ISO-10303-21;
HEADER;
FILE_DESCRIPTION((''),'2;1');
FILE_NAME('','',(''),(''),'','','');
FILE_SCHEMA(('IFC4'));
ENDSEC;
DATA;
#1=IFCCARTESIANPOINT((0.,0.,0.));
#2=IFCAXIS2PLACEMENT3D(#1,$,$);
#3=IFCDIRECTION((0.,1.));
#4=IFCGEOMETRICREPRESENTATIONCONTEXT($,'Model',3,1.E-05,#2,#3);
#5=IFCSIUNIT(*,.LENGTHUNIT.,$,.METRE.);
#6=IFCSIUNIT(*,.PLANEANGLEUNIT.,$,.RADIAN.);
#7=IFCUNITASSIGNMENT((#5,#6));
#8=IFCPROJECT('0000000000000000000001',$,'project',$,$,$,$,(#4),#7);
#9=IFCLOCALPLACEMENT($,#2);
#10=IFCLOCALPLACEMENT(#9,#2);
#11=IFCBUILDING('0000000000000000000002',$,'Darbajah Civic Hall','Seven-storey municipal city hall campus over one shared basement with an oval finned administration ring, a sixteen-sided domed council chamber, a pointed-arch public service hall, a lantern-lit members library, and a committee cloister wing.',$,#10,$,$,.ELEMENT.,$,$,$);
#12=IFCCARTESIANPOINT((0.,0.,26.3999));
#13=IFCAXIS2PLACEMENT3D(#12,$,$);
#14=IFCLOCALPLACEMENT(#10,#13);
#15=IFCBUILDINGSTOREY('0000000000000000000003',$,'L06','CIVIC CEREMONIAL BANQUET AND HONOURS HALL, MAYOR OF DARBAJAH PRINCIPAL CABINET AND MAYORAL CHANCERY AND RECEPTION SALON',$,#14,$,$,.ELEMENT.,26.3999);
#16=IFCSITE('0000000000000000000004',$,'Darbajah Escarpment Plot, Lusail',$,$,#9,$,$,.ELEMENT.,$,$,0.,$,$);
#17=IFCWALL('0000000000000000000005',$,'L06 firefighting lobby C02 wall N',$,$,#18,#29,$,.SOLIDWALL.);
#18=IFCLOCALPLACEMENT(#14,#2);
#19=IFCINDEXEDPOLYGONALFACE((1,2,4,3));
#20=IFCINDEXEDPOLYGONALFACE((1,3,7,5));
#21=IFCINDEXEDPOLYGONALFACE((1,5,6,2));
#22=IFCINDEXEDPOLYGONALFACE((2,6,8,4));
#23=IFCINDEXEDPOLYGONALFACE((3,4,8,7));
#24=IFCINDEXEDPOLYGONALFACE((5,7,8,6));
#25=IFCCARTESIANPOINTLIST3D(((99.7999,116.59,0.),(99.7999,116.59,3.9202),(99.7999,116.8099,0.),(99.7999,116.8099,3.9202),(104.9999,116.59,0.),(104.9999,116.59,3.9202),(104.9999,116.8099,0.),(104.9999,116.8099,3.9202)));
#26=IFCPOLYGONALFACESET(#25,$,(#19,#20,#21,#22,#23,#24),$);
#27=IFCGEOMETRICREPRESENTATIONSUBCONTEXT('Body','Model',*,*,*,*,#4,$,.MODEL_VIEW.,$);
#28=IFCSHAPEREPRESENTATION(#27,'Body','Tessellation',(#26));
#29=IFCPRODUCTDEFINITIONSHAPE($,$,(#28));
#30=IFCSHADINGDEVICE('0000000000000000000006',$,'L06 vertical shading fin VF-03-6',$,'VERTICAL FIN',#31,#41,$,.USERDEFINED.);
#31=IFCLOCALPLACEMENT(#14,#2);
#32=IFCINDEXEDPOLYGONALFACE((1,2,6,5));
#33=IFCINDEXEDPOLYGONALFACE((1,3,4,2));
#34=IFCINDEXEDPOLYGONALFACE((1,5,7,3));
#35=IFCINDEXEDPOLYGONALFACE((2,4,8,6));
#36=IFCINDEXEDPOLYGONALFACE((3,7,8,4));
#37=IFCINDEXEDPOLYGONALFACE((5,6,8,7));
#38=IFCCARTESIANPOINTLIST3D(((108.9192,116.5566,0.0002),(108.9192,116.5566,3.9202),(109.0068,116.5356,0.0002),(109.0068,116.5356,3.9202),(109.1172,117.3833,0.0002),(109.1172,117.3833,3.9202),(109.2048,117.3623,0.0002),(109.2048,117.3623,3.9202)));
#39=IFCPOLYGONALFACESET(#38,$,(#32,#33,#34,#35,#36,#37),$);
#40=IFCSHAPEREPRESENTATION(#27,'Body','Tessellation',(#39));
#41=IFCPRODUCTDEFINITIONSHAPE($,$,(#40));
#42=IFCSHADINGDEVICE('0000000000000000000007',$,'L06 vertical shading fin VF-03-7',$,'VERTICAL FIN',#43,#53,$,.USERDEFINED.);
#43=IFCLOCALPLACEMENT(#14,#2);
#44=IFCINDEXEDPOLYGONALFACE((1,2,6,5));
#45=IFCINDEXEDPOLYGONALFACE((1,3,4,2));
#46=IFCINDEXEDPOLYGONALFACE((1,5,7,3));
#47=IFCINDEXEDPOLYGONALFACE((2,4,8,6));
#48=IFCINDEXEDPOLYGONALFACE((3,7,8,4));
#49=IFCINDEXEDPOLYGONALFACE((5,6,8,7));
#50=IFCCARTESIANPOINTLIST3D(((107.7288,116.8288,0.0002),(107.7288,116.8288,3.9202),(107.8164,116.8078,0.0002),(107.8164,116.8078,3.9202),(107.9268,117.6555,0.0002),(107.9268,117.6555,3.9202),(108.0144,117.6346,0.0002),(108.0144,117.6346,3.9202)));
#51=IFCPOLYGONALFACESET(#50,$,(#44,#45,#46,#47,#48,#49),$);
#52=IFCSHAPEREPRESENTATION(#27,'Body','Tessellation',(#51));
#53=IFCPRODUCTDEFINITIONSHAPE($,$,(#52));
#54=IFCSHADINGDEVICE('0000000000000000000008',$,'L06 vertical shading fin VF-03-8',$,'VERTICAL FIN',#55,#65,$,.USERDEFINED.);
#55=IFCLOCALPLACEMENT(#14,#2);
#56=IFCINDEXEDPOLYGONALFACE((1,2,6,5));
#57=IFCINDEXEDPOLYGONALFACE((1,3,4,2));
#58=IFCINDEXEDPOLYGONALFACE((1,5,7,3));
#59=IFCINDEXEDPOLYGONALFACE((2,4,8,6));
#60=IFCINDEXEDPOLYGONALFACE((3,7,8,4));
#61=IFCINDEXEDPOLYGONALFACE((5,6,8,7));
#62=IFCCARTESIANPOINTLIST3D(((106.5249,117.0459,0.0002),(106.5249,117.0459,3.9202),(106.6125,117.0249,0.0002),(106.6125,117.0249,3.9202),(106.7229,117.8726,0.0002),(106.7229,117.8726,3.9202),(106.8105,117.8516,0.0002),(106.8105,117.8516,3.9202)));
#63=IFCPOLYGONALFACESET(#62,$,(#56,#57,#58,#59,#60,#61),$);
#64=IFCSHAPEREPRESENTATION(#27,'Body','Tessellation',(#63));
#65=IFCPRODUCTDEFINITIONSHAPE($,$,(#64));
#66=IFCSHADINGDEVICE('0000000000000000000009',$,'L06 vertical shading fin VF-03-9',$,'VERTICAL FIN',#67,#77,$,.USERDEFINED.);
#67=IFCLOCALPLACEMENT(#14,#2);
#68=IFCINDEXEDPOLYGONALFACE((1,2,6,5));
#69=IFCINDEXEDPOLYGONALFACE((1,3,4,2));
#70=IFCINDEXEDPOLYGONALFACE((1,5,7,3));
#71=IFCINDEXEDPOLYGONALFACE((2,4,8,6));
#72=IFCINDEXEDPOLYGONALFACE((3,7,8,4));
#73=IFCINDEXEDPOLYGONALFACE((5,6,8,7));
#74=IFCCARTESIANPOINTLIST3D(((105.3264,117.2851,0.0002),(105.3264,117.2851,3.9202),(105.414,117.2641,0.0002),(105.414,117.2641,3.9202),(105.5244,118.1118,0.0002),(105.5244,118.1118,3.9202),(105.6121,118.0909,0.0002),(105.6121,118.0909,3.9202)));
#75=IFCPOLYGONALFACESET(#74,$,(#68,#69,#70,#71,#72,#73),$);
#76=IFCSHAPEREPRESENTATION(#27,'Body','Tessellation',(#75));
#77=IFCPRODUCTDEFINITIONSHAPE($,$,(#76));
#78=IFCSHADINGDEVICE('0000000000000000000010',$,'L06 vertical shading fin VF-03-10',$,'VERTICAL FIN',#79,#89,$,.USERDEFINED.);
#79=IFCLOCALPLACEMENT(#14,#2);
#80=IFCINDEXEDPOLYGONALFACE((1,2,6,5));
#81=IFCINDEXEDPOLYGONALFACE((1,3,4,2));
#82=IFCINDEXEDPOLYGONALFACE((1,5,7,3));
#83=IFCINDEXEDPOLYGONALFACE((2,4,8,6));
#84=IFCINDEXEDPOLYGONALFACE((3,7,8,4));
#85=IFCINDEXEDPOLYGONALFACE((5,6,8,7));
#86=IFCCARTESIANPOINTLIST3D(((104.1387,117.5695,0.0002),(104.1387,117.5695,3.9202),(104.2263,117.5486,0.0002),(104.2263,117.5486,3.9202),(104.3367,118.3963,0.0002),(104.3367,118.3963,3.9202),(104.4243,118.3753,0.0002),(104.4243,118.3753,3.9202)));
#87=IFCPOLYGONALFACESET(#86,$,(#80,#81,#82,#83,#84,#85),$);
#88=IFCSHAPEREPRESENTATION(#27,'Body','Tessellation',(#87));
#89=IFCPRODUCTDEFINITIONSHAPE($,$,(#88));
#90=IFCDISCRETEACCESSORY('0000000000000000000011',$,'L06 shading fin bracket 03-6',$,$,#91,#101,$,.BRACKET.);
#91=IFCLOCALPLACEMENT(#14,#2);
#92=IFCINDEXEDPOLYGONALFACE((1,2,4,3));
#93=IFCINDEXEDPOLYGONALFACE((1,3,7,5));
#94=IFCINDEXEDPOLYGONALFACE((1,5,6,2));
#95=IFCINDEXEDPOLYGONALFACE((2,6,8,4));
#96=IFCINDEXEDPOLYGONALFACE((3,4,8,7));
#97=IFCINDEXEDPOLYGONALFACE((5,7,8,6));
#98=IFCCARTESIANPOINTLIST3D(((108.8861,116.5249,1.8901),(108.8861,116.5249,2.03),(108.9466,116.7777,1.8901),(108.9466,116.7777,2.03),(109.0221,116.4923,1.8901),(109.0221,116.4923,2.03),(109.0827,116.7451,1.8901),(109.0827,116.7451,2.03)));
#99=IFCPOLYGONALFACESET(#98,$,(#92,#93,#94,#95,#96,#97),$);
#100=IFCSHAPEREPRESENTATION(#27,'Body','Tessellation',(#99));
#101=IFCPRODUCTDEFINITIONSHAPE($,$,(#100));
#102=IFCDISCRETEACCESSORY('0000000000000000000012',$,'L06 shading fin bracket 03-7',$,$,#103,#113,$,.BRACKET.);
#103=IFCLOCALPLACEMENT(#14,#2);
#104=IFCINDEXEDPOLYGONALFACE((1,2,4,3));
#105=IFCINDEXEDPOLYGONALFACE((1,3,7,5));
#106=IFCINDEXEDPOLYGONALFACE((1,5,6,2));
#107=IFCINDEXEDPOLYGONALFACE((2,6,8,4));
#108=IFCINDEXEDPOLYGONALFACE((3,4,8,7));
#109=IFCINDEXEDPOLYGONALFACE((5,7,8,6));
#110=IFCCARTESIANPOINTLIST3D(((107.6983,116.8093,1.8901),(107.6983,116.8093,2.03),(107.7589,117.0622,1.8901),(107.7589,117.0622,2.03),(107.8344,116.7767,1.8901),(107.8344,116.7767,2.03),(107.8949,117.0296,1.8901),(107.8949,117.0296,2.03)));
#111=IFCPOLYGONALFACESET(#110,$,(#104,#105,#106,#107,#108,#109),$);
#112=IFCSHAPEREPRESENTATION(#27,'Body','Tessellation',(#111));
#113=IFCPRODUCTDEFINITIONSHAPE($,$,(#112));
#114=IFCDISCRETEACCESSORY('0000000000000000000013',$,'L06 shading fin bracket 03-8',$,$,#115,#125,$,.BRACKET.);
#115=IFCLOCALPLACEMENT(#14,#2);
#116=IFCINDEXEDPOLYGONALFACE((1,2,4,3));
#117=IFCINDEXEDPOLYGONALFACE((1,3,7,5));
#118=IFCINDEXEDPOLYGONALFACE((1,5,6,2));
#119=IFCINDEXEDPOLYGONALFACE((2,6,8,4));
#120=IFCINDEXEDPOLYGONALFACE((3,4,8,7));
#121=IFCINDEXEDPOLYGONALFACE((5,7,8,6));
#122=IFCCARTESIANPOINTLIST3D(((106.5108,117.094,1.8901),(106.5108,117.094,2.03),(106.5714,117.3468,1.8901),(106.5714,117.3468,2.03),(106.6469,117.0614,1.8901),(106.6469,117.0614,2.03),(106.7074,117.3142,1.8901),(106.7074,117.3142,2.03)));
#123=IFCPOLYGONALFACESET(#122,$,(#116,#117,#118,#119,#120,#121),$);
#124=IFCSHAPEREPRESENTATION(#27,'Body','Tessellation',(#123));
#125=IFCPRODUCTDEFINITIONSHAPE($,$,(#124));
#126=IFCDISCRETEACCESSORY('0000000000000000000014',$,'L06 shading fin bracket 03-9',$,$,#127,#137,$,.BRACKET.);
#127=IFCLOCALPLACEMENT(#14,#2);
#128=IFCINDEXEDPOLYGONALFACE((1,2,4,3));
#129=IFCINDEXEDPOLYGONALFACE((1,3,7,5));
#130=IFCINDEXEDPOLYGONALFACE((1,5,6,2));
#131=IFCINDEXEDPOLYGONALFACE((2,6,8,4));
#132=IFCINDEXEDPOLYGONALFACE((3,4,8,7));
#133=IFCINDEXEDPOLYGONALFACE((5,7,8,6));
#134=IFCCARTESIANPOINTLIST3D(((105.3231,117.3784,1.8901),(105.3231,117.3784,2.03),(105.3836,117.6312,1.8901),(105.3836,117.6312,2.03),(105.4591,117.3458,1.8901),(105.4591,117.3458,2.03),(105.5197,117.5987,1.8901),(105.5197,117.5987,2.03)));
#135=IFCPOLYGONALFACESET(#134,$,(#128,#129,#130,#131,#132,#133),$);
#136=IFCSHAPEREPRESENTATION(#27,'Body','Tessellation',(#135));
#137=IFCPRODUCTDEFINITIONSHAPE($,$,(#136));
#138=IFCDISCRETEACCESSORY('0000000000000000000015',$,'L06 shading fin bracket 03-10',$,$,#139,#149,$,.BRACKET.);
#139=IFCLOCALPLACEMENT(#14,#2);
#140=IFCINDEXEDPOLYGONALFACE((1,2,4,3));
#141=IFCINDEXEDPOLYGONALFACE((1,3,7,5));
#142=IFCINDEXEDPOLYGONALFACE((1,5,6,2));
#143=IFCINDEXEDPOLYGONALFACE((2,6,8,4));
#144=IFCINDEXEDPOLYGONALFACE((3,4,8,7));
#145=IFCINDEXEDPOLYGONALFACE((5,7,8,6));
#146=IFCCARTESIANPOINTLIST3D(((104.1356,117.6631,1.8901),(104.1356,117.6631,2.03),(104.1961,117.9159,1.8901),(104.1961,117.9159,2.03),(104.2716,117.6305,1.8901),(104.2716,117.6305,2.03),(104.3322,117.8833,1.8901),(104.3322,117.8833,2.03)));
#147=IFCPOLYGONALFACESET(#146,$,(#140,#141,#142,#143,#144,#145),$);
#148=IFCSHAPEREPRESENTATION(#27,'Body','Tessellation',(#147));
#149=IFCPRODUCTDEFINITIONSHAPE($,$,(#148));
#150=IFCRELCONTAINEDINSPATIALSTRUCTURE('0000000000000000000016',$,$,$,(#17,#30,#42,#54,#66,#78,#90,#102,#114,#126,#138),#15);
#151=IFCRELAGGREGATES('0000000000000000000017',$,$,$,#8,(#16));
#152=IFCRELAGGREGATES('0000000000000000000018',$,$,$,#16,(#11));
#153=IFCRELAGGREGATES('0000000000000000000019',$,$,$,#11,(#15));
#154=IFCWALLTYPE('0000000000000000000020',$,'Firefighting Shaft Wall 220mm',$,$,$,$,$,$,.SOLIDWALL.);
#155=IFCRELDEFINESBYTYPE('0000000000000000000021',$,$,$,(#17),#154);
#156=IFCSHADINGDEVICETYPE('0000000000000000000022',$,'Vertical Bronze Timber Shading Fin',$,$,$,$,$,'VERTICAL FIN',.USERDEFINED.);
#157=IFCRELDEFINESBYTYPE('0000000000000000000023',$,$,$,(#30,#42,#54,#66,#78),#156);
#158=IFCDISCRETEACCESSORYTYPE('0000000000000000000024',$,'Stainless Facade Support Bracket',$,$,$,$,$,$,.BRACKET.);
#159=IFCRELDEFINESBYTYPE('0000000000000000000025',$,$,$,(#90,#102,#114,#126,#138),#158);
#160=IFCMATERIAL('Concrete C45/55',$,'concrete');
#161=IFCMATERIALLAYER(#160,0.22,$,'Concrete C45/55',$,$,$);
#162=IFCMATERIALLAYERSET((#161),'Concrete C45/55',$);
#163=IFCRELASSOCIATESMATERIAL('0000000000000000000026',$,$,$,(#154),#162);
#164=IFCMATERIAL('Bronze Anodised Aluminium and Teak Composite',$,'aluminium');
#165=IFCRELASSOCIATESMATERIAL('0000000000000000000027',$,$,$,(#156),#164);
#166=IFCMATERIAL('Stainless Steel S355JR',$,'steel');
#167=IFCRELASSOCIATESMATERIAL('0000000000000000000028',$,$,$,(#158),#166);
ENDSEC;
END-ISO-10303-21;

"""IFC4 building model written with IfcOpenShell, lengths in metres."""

from ifc_helpers import new_model, si_unit, direction, frame, frame_2d, origin, origin_2d, place, context, subcontext, project, spatial, rectangle, extrude, material, layer, layer_set, type_object, element, save


model = new_model("IFC4")

# Units and contexts
model_context = context("Model", 3, precision=1e-05, world=origin(), true_north=direction((0.0, 1.0)))
body_context = subcontext(model_context, "Body", "Model", "MODEL_VIEW")
ifc_project = project(units=[si_unit("LENGTHUNIT", "METRE"), si_unit("PLANEANGLEUNIT", "RADIAN")], contexts=[model_context])

# Site, building, storey
site_placement = place(None, origin())
site = spatial("IfcSite", under=ifc_project, at=site_placement, Name="Darbajah Escarpment Plot, Lusail", CompositionType="ELEMENT", RefElevation=0.0)
building_placement = place(site_placement, origin())
building = spatial("IfcBuilding", under=site, at=building_placement, Name="Darbajah Civic Hall", Description="Seven-storey municipal city hall campus over one shared basement with an oval finned administration ring, a sixteen-sided domed council chamber, a pointed-arch public service hall, a lantern-lit members library, and a committee cloister wing.", CompositionType="ELEMENT")
storey_placement = place(building_placement, frame((0.0, 0.0, 26.3999)))
storey = spatial("IfcBuildingStorey", under=building, at=storey_placement, Name="L06", Description="CIVIC CEREMONIAL BANQUET AND HONOURS HALL, MAYOR OF DARBAJAH PRINCIPAL CABINET AND MAYORAL CHANCERY AND RECEPTION SALON", CompositionType="ELEMENT", Elevation=26.3999)

# Shared definitions
ifc_material_1 = material(Name="Concrete C45/55", Category="concrete")

# Wall
ifc_layer_1 = layer(ifc_material_1, 0.22, Name="Concrete C45/55")
ifc_layer_set_1 = layer_set([ifc_layer_1], Name="Concrete C45/55")
wall_type_1 = type_object("IfcWallType", Name="Firefighting Shaft Wall 220mm", PredefinedType="SOLIDWALL", material=ifc_layer_set_1)
wall_1_placement = place(storey_placement, frame((105.0, 116.7, 0.0), z_axis=(0.0, 0.0, 1.0), x_axis=(-1.0, 0.0, 0.0)))
element("IfcWall", 1, at=wall_1_placement, inside=storey, type_object=wall_type_1, Name="L06 firefighting lobby C02 wall N", PredefinedType="SOLIDWALL", context=body_context, shape_type="SweptSolid", body=[
    extrude(rectangle(XDim=5.2, YDim=0.22, at=frame_2d((2.6001, 0.0))), origin(), (0.0, 0.0, 1.0), 3.9202),
])

# Shading devices
ifc_material_2 = material(Name="Bronze Anodised Aluminium and Teak Composite", Category="aluminium")
shading_device_type = type_object("IfcShadingDeviceType", Name="Vertical Bronze Timber Shading Fin", ElementType="VERTICAL FIN", PredefinedType="USERDEFINED", material=ifc_material_2)
for number, where, z_axis, x_axis, name in (
    (2, (109.062, 116.9595, 0.0002), (0.0, 0.0, 1.0), (0.232936, 0.972492, 0.0), "L06 vertical shading fin VF-03-6"),
    (3, (107.8716, 117.2317, 0.0002), (0.0, 0.0, 1.0), (0.232936, 0.972492, 0.0), "L06 vertical shading fin VF-03-7"),
    (4, (106.6677, 117.4487, 0.0002), (0.0, 0.0, 1.0), (0.232936, 0.972492, 0.0), "L06 vertical shading fin VF-03-8"),
    (5, (105.4692, 117.688, 0.0002), (0.0, 0.0, 1.0), (0.232936, 0.972492, 0.0), "L06 vertical shading fin VF-03-9"),
    (6, (104.2815, 117.9724, 0.0002), (0.0, 0.0, 1.0), (0.232936, 0.972492, 0.0), "L06 vertical shading fin VF-03-10"),
):
    element("IfcShadingDevice", number, at=place(storey_placement, frame(where, z_axis=z_axis, x_axis=x_axis)), inside=storey, type_object=shading_device_type, Name=name, ObjectType="VERTICAL FIN", PredefinedType="USERDEFINED", context=body_context, shape_type="SweptSolid", body=[
        extrude(rectangle(XDim=0.8501, YDim=0.0901, at=origin_2d()), origin(), (0.0, 0.0, 1.0), 3.9199),
    ])

# Discrete accessories
ifc_material_3 = material(Name="Stainless Steel S355JR", Category="steel")
discrete_accessory_type = type_object("IfcDiscreteAccessoryType", Name="Stainless Facade Support Bracket", PredefinedType="BRACKET", material=ifc_material_3)
for number, where, z_axis, x_axis, name in (
    (7, (108.9844, 116.635, 1.8901), (0.0, 0.0, 1.0), (0.232936, 0.972492, 0.0), "L06 shading fin bracket 03-6"),
    (8, (107.7966, 116.9194, 1.8901), (0.0, 0.0, 1.0), (0.232936, 0.972492, 0.0), "L06 shading fin bracket 03-7"),
    (9, (106.6091, 117.2041, 1.8901), (0.0, 0.0, 1.0), (0.232936, 0.972492, 0.0), "L06 shading fin bracket 03-8"),
    (10, (105.4214, 117.4885, 1.8901), (0.0, 0.0, 1.0), (0.232936, 0.972492, 0.0), "L06 shading fin bracket 03-9"),
    (11, (104.2339, 117.7732, 1.8901), (0.0, 0.0, 1.0), (0.232936, 0.972492, 0.0), "L06 shading fin bracket 03-10"),
):
    element("IfcDiscreteAccessory", number, at=place(storey_placement, frame(where, z_axis=z_axis, x_axis=x_axis)), inside=storey, type_object=discrete_accessory_type, Name=name, PredefinedType="BRACKET", context=body_context, shape_type="SweptSolid", body=[
        extrude(rectangle(XDim=0.26, YDim=0.1399, at=origin_2d()), origin(), (0.0, 0.0, 1.0), 0.1399),
    ])

save(model, "model.ifc")
